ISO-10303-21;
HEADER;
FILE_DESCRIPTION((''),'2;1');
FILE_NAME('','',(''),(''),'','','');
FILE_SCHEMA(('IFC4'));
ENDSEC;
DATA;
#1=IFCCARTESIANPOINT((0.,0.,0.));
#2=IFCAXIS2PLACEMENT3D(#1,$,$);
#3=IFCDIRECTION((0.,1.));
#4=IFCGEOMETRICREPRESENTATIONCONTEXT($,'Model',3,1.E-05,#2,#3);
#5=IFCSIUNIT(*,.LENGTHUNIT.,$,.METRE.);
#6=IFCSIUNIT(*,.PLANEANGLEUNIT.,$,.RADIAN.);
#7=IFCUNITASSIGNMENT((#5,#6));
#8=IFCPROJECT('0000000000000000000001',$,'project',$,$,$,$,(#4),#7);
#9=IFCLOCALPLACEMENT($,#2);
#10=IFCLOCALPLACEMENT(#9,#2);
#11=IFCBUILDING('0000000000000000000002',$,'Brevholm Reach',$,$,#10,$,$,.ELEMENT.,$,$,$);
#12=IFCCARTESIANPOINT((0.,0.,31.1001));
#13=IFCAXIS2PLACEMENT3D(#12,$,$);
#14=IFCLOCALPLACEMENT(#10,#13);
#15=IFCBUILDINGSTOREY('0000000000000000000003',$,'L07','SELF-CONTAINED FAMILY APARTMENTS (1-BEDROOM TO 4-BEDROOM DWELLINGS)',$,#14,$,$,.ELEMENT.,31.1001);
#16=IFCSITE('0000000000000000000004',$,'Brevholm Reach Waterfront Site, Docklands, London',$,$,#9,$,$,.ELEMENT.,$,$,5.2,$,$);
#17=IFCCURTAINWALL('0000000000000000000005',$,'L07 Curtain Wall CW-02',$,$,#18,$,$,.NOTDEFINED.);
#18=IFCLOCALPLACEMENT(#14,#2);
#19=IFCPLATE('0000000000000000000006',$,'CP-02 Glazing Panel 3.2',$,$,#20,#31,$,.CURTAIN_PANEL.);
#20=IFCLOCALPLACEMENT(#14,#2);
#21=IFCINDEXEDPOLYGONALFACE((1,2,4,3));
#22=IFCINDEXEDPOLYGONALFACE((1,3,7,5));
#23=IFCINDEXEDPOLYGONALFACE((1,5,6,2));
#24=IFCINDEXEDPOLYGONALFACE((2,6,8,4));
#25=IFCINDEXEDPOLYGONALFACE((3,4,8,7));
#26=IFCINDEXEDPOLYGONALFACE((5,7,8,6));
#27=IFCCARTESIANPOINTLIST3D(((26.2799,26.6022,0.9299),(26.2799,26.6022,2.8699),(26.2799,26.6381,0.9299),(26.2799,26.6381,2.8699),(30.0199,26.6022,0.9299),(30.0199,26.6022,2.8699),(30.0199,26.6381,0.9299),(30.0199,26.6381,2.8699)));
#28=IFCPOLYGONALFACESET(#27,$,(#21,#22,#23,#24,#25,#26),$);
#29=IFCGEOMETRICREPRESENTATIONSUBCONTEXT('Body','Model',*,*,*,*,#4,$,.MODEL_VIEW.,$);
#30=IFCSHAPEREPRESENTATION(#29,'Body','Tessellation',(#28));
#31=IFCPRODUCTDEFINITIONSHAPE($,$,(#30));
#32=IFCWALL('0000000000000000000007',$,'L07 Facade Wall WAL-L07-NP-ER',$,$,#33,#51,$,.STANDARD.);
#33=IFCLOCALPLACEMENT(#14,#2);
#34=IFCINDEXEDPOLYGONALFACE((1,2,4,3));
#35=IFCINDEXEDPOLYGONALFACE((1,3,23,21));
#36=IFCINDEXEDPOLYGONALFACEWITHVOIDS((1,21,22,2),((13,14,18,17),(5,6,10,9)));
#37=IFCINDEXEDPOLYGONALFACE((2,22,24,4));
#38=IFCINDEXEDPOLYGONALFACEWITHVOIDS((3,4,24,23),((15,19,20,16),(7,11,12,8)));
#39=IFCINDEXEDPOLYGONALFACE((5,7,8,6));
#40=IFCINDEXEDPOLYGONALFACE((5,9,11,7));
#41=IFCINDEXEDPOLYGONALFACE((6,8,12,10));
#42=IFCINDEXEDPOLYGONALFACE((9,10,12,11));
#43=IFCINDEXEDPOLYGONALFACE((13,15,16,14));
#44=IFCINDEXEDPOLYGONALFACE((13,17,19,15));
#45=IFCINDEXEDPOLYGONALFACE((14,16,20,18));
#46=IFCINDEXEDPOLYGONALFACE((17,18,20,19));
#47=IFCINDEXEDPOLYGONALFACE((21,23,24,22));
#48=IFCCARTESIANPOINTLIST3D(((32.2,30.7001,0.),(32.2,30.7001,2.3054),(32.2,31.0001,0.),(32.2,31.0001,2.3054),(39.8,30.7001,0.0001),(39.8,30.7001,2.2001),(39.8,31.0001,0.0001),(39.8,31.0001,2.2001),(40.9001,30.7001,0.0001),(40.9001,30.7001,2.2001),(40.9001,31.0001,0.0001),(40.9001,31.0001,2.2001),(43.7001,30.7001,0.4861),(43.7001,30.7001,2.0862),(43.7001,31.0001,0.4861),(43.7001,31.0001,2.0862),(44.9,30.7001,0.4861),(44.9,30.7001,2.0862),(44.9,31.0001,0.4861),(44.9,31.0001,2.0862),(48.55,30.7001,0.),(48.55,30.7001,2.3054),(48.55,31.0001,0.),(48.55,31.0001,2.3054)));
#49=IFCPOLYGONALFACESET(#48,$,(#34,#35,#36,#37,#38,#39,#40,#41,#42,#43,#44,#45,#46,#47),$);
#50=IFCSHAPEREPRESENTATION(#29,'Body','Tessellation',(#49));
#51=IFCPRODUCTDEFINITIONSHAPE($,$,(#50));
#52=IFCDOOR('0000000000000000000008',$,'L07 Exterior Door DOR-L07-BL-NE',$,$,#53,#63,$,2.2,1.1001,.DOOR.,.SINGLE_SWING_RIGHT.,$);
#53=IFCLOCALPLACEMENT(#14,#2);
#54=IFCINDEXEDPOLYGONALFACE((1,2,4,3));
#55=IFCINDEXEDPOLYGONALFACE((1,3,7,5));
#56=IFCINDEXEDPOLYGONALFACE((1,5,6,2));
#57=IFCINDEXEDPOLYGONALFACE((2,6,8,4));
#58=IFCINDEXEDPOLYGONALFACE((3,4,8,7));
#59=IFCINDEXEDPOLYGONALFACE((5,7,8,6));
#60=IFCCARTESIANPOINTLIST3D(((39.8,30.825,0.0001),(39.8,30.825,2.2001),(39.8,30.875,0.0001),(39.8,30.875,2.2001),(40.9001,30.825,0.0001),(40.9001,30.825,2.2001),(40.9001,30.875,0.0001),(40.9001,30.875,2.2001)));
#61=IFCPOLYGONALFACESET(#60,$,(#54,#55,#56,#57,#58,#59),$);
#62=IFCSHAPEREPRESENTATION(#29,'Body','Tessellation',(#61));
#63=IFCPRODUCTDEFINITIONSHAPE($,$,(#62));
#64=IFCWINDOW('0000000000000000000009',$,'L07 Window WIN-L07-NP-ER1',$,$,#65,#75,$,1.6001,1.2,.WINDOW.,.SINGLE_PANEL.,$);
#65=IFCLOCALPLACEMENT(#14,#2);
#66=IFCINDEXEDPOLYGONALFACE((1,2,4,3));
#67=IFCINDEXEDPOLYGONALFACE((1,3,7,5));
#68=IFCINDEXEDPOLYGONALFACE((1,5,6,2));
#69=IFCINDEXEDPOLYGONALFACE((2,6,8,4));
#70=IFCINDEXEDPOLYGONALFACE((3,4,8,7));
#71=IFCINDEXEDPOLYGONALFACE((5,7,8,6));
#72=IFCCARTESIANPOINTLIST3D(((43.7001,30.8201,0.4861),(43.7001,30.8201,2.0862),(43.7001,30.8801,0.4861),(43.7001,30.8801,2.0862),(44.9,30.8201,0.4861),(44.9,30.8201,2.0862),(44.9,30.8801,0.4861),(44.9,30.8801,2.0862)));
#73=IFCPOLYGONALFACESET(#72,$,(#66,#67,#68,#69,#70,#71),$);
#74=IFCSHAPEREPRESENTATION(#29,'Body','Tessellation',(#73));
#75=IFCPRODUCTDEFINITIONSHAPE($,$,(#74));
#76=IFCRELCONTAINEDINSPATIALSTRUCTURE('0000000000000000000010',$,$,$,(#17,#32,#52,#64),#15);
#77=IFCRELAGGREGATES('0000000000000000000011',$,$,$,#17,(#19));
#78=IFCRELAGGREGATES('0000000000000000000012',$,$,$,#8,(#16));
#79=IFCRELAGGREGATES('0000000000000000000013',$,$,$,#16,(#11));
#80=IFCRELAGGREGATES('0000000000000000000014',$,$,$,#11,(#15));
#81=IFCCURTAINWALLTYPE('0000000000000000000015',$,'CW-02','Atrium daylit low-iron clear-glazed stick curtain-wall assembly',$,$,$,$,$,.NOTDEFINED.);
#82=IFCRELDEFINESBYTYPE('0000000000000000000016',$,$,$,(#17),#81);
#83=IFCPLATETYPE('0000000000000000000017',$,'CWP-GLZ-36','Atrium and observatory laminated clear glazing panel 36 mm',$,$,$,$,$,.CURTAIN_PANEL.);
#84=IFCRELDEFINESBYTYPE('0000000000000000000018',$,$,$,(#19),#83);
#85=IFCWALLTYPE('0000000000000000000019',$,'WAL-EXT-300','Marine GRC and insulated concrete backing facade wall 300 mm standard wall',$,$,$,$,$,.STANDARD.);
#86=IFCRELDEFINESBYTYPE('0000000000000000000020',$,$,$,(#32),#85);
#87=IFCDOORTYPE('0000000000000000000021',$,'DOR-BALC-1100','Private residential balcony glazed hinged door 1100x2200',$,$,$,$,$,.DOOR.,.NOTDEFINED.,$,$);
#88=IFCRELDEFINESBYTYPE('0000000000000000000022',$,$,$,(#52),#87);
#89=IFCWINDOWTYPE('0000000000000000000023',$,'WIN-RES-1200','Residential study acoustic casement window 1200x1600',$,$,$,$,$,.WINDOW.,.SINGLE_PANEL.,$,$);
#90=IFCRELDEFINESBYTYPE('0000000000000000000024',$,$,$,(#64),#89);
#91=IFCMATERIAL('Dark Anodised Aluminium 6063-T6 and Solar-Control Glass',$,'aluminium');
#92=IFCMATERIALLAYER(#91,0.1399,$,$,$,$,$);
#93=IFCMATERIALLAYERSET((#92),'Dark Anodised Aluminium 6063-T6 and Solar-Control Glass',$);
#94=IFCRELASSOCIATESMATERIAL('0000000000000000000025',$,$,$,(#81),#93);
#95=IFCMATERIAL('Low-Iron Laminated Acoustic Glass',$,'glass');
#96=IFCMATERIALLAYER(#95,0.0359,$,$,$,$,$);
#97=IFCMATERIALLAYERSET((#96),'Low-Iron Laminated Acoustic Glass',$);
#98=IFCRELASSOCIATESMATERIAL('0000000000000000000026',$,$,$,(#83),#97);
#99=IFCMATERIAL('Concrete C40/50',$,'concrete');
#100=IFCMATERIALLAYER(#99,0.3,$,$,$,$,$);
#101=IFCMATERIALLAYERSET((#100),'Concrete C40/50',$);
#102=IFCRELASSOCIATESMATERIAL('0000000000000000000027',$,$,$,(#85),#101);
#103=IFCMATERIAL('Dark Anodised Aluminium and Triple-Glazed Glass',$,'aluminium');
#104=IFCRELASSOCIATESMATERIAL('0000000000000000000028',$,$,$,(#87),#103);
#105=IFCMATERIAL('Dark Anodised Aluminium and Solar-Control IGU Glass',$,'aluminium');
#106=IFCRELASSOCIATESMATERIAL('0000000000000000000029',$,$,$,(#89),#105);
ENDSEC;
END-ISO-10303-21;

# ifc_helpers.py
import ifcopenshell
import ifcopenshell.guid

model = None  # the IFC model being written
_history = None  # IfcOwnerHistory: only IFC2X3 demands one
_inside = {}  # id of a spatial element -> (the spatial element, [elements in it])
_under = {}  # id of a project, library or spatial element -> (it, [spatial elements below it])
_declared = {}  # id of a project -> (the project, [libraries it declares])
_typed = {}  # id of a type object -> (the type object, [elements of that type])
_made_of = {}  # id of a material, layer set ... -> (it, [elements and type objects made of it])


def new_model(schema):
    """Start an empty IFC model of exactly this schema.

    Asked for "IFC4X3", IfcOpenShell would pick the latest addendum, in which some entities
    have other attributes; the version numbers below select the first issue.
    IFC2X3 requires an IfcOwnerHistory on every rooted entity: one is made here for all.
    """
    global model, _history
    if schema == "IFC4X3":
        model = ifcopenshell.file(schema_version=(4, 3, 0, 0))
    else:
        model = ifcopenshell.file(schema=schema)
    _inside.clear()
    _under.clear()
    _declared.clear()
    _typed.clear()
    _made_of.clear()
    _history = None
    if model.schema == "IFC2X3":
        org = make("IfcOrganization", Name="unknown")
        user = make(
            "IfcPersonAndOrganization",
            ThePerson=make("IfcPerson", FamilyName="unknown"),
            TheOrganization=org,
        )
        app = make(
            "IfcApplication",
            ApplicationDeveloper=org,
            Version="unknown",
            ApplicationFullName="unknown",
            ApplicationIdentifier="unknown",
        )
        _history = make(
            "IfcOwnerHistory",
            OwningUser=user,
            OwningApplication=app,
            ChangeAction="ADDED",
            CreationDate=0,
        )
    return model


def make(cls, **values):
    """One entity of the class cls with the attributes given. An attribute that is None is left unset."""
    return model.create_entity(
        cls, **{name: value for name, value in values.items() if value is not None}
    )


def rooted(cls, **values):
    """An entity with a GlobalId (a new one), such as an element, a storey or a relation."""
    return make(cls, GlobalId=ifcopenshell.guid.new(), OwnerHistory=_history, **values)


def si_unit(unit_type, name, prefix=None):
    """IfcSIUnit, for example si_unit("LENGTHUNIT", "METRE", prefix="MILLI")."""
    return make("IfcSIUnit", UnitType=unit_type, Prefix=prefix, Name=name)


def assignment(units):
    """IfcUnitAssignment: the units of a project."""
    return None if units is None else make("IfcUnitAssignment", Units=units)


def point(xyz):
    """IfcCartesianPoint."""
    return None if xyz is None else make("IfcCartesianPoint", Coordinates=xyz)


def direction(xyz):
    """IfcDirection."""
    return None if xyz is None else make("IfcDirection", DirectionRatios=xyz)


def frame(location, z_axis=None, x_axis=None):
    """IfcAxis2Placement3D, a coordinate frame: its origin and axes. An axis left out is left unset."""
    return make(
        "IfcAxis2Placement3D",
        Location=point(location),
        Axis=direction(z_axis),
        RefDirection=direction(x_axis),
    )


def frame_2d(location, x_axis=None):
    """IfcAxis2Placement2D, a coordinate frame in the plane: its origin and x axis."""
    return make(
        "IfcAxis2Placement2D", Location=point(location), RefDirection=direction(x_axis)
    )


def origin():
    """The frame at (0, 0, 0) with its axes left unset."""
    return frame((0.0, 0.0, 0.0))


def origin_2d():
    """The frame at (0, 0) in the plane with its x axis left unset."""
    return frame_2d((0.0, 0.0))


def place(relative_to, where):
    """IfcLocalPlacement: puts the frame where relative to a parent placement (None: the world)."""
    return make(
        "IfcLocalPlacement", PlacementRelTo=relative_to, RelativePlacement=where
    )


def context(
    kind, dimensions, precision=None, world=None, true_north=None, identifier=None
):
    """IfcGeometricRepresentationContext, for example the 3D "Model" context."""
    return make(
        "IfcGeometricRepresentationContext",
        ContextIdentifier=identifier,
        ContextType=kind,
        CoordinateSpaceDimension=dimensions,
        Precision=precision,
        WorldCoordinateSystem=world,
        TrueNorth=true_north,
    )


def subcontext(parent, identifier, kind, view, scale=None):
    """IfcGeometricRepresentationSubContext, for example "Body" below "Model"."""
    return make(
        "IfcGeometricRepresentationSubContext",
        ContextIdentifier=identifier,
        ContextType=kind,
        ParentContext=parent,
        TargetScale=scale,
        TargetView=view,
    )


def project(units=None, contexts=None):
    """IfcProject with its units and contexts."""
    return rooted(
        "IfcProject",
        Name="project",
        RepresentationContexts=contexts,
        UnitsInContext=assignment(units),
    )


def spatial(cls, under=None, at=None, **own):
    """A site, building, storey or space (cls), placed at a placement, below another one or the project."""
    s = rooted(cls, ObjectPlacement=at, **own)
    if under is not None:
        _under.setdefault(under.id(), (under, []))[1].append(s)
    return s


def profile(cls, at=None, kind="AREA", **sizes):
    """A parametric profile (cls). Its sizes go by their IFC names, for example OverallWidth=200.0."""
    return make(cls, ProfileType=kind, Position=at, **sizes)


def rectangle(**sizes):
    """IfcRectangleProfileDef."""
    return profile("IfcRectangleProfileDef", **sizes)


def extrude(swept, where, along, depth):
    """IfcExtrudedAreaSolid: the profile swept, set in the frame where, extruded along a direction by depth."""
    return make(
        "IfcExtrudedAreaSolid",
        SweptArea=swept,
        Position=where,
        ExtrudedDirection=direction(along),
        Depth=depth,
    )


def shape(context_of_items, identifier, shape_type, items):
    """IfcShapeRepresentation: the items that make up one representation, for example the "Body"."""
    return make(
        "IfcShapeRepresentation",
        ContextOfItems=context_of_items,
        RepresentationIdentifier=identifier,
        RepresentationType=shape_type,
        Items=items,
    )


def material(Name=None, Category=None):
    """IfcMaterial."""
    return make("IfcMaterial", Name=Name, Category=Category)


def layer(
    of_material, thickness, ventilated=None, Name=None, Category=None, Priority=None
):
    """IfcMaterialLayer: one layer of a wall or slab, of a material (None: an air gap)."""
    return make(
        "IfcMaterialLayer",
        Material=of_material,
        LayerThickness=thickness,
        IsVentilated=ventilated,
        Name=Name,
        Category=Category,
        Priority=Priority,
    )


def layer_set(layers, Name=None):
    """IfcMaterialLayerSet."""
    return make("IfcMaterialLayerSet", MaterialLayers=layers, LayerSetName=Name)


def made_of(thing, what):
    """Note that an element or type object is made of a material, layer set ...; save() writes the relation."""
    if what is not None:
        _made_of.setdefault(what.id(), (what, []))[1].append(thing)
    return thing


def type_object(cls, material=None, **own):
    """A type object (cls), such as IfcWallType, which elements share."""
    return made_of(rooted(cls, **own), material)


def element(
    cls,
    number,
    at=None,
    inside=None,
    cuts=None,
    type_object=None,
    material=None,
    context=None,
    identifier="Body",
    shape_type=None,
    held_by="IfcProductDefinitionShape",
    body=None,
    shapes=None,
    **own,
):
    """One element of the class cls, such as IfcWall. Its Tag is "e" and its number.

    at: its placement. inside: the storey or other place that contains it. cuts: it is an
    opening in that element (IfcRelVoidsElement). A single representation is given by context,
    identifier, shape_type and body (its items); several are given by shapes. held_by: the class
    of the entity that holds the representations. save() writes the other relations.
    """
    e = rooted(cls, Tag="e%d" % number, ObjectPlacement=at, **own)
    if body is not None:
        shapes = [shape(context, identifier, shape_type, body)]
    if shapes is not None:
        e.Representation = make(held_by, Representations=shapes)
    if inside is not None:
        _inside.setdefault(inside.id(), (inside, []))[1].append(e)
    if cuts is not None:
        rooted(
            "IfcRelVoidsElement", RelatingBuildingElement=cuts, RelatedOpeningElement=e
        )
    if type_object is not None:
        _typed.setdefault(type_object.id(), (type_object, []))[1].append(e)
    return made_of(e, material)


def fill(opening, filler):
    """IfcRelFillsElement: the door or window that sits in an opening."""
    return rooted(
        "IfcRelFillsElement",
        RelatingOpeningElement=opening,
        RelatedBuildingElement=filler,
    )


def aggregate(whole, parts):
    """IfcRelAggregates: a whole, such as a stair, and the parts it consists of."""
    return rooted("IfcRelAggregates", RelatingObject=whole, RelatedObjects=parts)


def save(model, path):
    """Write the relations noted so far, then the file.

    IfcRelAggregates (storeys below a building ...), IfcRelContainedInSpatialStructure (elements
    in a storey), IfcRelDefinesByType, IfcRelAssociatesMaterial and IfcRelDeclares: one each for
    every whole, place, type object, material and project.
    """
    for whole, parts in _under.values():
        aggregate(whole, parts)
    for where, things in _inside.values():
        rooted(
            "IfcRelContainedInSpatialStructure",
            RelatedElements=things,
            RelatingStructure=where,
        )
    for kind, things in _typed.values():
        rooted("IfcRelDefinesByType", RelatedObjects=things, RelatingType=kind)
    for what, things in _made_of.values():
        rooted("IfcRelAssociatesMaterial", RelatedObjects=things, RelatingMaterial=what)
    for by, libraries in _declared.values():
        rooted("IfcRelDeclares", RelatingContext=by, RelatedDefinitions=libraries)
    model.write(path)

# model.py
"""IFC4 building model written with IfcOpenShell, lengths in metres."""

from ifc_helpers import new_model, si_unit, direction, frame, frame_2d, origin, origin_2d, place, context, subcontext, project, spatial, rectangle, extrude, material, layer, layer_set, type_object, element, fill, aggregate, save


model = new_model("IFC4")

# Units and contexts
model_context = context("Model", 3, precision=1e-05, world=origin(), true_north=direction((0.0, 1.0)))
body_context = subcontext(model_context, "Body", "Model", "MODEL_VIEW")
ifc_project = project(units=[si_unit("LENGTHUNIT", "METRE"), si_unit("PLANEANGLEUNIT", "RADIAN")], contexts=[model_context])

# Site, building, storey
site_placement = place(None, origin())
site = spatial("IfcSite", under=ifc_project, at=site_placement, Name="Brevholm Reach Waterfront Site, Docklands, London", CompositionType="ELEMENT", RefElevation=5.2)
building_placement = place(site_placement, origin())
building = spatial("IfcBuilding", under=site, at=building_placement, Name="Brevholm Reach", CompositionType="ELEMENT")
storey_placement = place(building_placement, frame((0.0, 0.0, 31.1001)))
storey = spatial("IfcBuildingStorey", under=building, at=storey_placement, Name="L07", Description="SELF-CONTAINED FAMILY APARTMENTS (1-BEDROOM TO 4-BEDROOM DWELLINGS)", CompositionType="ELEMENT", Elevation=31.1001)

# Curtain wall
ifc_material_1 = material(Name="Dark Anodised Aluminium 6063-T6 and Solar-Control Glass", Category="aluminium")
ifc_layer_1 = layer(ifc_material_1, 0.1399)
ifc_layer_set_1 = layer_set([ifc_layer_1], Name="Dark Anodised Aluminium 6063-T6 and Solar-Control Glass")
curtain_wall_type_1 = type_object("IfcCurtainWallType", Name="CW-02", Description="Atrium daylit low-iron clear-glazed stick curtain-wall assembly", PredefinedType="NOTDEFINED", material=ifc_layer_set_1)
curtain_wall_1_placement = place(storey_placement, origin())
curtain_wall_1 = element("IfcCurtainWall", 1, at=curtain_wall_1_placement, inside=storey, type_object=curtain_wall_type_1, Name="L07 Curtain Wall CW-02", PredefinedType="NOTDEFINED")

# Plate
ifc_material_2 = material(Name="Low-Iron Laminated Acoustic Glass", Category="glass")
ifc_layer_2 = layer(ifc_material_2, 0.0359)
ifc_layer_set_2 = layer_set([ifc_layer_2], Name="Low-Iron Laminated Acoustic Glass")
plate_type_1 = type_object("IfcPlateType", Name="CWP-GLZ-36", Description="Atrium and observatory laminated clear glazing panel 36 mm", PredefinedType="CURTAIN_PANEL", material=ifc_layer_set_2)
plate_1_placement = place(storey_placement, frame((28.1499, 26.6201, 0.9299), z_axis=(0.0, 0.0, 1.0), x_axis=(-1.0, 0.0, 0.0)))
plate_1 = element("IfcPlate", 2, at=plate_1_placement, type_object=plate_type_1, Name="CP-02 Glazing Panel 3.2", PredefinedType="CURTAIN_PANEL", context=body_context, shape_type="SweptSolid", body=[
    extrude(rectangle(XDim=3.74, YDim=0.0359, at=origin_2d()), origin(), (0.0, 0.0, 1.0), 1.9399),
])
aggregate(curtain_wall_1, [plate_1])

# Wall, openings, door, window
ifc_material_3 = material(Name="Concrete C40/50", Category="concrete")
ifc_layer_3 = layer(ifc_material_3, 0.3)
ifc_layer_set_3 = layer_set([ifc_layer_3], Name="Concrete C40/50")
wall_type = type_object("IfcWallType", Name="WAL-EXT-300", Description="Marine GRC and insulated concrete backing facade wall 300 mm standard wall", PredefinedType="STANDARD", material=ifc_layer_set_3)
wall_placement = place(storey_placement, frame((32.2, 30.8501, 0.0), z_axis=(0.0, 0.0, 1.0), x_axis=(1.0, 0.0, 0.0)))
wall = element("IfcWall", 3, at=wall_placement, inside=storey, type_object=wall_type, Name="L07 Facade Wall WAL-L07-NP-ER", PredefinedType="STANDARD", context=body_context, shape_type="SweptSolid", body=[
    extrude(rectangle(XDim=16.3501, YDim=0.3, at=frame_2d((8.175, 0.0))), origin(), (0.0, 0.0, 1.0), 2.3054),
])
opening_1_placement = place(wall_placement, frame((7.6001, 0.0, 0.0)))
opening_1 = element("IfcOpeningElement", 4, at=opening_1_placement, cuts=wall, PredefinedType="OPENING", context=body_context, shape_type="SweptSolid", body=[
    extrude(rectangle(XDim=1.1001, YDim=2.2, at=frame_2d((0.55, 1.1001))), frame((0.0, 0.1599, 0.0), z_axis=(0.0, -1.0, 0.0), x_axis=(1.0, 0.0, 0.0)), (0.0, 0.0, 1.0), 0.3201),
])
opening_2_placement = place(wall_placement, frame((11.5, 0.0, 0.4861)))
opening_2 = element("IfcOpeningElement", 5, at=opening_2_placement, cuts=wall, PredefinedType="OPENING", context=body_context, shape_type="SweptSolid", body=[
    extrude(rectangle(XDim=1.2, YDim=1.6001, at=frame_2d((0.6001, 0.8))), frame((0.0, 0.1599, 0.0), z_axis=(0.0, -1.0, 0.0), x_axis=(1.0, 0.0, 0.0)), (0.0, 0.0, 1.0), 0.3201),
])
ifc_material_4 = material(Name="Dark Anodised Aluminium and Triple-Glazed Glass", Category="aluminium")
door_type = type_object("IfcDoorType", Name="DOR-BALC-1100", Description="Private residential balcony glazed hinged door 1100x2200", OperationType="NOTDEFINED", PredefinedType="DOOR", material=ifc_material_4)
door_placement = place(opening_1_placement, origin())
door = element("IfcDoor", 6, at=door_placement, inside=storey, type_object=door_type, Name="L07 Exterior Door DOR-L07-BL-NE", OperationType="SINGLE_SWING_RIGHT", OverallHeight=2.2, OverallWidth=1.1001, PredefinedType="DOOR", context=body_context, shape_type="SweptSolid", body=[
    extrude(rectangle(XDim=1.1001, YDim=2.2, at=frame_2d((0.55, 1.1001))), frame((0.0, 0.0249, 0.0), z_axis=(0.0, -1.0, 0.0), x_axis=(1.0, 0.0, 0.0)), (0.0, 0.0, 1.0), 0.05),
])
fill(opening_1, door)
ifc_material_5 = material(Name="Dark Anodised Aluminium and Solar-Control IGU Glass", Category="aluminium")
window_type = type_object("IfcWindowType", Name="WIN-RES-1200", Description="Residential study acoustic casement window 1200x1600", PartitioningType="SINGLE_PANEL", PredefinedType="WINDOW", material=ifc_material_5)
window_placement = place(opening_2_placement, origin())
window = element("IfcWindow", 7, at=window_placement, inside=storey, type_object=window_type, Name="L07 Window WIN-L07-NP-ER1", OverallHeight=1.6001, OverallWidth=1.2, PartitioningType="SINGLE_PANEL", PredefinedType="WINDOW", context=body_context, shape_type="SweptSolid", body=[
    extrude(rectangle(XDim=1.2, YDim=1.6001, at=frame_2d((0.6001, 0.8))), frame((0.0, 0.03, 0.0), z_axis=(0.0, -1.0, 0.0), x_axis=(1.0, 0.0, 0.0)), (0.0, 0.0, 1.0), 0.0601),
])
fill(opening_2, window)

save(model, "model.ifc")
